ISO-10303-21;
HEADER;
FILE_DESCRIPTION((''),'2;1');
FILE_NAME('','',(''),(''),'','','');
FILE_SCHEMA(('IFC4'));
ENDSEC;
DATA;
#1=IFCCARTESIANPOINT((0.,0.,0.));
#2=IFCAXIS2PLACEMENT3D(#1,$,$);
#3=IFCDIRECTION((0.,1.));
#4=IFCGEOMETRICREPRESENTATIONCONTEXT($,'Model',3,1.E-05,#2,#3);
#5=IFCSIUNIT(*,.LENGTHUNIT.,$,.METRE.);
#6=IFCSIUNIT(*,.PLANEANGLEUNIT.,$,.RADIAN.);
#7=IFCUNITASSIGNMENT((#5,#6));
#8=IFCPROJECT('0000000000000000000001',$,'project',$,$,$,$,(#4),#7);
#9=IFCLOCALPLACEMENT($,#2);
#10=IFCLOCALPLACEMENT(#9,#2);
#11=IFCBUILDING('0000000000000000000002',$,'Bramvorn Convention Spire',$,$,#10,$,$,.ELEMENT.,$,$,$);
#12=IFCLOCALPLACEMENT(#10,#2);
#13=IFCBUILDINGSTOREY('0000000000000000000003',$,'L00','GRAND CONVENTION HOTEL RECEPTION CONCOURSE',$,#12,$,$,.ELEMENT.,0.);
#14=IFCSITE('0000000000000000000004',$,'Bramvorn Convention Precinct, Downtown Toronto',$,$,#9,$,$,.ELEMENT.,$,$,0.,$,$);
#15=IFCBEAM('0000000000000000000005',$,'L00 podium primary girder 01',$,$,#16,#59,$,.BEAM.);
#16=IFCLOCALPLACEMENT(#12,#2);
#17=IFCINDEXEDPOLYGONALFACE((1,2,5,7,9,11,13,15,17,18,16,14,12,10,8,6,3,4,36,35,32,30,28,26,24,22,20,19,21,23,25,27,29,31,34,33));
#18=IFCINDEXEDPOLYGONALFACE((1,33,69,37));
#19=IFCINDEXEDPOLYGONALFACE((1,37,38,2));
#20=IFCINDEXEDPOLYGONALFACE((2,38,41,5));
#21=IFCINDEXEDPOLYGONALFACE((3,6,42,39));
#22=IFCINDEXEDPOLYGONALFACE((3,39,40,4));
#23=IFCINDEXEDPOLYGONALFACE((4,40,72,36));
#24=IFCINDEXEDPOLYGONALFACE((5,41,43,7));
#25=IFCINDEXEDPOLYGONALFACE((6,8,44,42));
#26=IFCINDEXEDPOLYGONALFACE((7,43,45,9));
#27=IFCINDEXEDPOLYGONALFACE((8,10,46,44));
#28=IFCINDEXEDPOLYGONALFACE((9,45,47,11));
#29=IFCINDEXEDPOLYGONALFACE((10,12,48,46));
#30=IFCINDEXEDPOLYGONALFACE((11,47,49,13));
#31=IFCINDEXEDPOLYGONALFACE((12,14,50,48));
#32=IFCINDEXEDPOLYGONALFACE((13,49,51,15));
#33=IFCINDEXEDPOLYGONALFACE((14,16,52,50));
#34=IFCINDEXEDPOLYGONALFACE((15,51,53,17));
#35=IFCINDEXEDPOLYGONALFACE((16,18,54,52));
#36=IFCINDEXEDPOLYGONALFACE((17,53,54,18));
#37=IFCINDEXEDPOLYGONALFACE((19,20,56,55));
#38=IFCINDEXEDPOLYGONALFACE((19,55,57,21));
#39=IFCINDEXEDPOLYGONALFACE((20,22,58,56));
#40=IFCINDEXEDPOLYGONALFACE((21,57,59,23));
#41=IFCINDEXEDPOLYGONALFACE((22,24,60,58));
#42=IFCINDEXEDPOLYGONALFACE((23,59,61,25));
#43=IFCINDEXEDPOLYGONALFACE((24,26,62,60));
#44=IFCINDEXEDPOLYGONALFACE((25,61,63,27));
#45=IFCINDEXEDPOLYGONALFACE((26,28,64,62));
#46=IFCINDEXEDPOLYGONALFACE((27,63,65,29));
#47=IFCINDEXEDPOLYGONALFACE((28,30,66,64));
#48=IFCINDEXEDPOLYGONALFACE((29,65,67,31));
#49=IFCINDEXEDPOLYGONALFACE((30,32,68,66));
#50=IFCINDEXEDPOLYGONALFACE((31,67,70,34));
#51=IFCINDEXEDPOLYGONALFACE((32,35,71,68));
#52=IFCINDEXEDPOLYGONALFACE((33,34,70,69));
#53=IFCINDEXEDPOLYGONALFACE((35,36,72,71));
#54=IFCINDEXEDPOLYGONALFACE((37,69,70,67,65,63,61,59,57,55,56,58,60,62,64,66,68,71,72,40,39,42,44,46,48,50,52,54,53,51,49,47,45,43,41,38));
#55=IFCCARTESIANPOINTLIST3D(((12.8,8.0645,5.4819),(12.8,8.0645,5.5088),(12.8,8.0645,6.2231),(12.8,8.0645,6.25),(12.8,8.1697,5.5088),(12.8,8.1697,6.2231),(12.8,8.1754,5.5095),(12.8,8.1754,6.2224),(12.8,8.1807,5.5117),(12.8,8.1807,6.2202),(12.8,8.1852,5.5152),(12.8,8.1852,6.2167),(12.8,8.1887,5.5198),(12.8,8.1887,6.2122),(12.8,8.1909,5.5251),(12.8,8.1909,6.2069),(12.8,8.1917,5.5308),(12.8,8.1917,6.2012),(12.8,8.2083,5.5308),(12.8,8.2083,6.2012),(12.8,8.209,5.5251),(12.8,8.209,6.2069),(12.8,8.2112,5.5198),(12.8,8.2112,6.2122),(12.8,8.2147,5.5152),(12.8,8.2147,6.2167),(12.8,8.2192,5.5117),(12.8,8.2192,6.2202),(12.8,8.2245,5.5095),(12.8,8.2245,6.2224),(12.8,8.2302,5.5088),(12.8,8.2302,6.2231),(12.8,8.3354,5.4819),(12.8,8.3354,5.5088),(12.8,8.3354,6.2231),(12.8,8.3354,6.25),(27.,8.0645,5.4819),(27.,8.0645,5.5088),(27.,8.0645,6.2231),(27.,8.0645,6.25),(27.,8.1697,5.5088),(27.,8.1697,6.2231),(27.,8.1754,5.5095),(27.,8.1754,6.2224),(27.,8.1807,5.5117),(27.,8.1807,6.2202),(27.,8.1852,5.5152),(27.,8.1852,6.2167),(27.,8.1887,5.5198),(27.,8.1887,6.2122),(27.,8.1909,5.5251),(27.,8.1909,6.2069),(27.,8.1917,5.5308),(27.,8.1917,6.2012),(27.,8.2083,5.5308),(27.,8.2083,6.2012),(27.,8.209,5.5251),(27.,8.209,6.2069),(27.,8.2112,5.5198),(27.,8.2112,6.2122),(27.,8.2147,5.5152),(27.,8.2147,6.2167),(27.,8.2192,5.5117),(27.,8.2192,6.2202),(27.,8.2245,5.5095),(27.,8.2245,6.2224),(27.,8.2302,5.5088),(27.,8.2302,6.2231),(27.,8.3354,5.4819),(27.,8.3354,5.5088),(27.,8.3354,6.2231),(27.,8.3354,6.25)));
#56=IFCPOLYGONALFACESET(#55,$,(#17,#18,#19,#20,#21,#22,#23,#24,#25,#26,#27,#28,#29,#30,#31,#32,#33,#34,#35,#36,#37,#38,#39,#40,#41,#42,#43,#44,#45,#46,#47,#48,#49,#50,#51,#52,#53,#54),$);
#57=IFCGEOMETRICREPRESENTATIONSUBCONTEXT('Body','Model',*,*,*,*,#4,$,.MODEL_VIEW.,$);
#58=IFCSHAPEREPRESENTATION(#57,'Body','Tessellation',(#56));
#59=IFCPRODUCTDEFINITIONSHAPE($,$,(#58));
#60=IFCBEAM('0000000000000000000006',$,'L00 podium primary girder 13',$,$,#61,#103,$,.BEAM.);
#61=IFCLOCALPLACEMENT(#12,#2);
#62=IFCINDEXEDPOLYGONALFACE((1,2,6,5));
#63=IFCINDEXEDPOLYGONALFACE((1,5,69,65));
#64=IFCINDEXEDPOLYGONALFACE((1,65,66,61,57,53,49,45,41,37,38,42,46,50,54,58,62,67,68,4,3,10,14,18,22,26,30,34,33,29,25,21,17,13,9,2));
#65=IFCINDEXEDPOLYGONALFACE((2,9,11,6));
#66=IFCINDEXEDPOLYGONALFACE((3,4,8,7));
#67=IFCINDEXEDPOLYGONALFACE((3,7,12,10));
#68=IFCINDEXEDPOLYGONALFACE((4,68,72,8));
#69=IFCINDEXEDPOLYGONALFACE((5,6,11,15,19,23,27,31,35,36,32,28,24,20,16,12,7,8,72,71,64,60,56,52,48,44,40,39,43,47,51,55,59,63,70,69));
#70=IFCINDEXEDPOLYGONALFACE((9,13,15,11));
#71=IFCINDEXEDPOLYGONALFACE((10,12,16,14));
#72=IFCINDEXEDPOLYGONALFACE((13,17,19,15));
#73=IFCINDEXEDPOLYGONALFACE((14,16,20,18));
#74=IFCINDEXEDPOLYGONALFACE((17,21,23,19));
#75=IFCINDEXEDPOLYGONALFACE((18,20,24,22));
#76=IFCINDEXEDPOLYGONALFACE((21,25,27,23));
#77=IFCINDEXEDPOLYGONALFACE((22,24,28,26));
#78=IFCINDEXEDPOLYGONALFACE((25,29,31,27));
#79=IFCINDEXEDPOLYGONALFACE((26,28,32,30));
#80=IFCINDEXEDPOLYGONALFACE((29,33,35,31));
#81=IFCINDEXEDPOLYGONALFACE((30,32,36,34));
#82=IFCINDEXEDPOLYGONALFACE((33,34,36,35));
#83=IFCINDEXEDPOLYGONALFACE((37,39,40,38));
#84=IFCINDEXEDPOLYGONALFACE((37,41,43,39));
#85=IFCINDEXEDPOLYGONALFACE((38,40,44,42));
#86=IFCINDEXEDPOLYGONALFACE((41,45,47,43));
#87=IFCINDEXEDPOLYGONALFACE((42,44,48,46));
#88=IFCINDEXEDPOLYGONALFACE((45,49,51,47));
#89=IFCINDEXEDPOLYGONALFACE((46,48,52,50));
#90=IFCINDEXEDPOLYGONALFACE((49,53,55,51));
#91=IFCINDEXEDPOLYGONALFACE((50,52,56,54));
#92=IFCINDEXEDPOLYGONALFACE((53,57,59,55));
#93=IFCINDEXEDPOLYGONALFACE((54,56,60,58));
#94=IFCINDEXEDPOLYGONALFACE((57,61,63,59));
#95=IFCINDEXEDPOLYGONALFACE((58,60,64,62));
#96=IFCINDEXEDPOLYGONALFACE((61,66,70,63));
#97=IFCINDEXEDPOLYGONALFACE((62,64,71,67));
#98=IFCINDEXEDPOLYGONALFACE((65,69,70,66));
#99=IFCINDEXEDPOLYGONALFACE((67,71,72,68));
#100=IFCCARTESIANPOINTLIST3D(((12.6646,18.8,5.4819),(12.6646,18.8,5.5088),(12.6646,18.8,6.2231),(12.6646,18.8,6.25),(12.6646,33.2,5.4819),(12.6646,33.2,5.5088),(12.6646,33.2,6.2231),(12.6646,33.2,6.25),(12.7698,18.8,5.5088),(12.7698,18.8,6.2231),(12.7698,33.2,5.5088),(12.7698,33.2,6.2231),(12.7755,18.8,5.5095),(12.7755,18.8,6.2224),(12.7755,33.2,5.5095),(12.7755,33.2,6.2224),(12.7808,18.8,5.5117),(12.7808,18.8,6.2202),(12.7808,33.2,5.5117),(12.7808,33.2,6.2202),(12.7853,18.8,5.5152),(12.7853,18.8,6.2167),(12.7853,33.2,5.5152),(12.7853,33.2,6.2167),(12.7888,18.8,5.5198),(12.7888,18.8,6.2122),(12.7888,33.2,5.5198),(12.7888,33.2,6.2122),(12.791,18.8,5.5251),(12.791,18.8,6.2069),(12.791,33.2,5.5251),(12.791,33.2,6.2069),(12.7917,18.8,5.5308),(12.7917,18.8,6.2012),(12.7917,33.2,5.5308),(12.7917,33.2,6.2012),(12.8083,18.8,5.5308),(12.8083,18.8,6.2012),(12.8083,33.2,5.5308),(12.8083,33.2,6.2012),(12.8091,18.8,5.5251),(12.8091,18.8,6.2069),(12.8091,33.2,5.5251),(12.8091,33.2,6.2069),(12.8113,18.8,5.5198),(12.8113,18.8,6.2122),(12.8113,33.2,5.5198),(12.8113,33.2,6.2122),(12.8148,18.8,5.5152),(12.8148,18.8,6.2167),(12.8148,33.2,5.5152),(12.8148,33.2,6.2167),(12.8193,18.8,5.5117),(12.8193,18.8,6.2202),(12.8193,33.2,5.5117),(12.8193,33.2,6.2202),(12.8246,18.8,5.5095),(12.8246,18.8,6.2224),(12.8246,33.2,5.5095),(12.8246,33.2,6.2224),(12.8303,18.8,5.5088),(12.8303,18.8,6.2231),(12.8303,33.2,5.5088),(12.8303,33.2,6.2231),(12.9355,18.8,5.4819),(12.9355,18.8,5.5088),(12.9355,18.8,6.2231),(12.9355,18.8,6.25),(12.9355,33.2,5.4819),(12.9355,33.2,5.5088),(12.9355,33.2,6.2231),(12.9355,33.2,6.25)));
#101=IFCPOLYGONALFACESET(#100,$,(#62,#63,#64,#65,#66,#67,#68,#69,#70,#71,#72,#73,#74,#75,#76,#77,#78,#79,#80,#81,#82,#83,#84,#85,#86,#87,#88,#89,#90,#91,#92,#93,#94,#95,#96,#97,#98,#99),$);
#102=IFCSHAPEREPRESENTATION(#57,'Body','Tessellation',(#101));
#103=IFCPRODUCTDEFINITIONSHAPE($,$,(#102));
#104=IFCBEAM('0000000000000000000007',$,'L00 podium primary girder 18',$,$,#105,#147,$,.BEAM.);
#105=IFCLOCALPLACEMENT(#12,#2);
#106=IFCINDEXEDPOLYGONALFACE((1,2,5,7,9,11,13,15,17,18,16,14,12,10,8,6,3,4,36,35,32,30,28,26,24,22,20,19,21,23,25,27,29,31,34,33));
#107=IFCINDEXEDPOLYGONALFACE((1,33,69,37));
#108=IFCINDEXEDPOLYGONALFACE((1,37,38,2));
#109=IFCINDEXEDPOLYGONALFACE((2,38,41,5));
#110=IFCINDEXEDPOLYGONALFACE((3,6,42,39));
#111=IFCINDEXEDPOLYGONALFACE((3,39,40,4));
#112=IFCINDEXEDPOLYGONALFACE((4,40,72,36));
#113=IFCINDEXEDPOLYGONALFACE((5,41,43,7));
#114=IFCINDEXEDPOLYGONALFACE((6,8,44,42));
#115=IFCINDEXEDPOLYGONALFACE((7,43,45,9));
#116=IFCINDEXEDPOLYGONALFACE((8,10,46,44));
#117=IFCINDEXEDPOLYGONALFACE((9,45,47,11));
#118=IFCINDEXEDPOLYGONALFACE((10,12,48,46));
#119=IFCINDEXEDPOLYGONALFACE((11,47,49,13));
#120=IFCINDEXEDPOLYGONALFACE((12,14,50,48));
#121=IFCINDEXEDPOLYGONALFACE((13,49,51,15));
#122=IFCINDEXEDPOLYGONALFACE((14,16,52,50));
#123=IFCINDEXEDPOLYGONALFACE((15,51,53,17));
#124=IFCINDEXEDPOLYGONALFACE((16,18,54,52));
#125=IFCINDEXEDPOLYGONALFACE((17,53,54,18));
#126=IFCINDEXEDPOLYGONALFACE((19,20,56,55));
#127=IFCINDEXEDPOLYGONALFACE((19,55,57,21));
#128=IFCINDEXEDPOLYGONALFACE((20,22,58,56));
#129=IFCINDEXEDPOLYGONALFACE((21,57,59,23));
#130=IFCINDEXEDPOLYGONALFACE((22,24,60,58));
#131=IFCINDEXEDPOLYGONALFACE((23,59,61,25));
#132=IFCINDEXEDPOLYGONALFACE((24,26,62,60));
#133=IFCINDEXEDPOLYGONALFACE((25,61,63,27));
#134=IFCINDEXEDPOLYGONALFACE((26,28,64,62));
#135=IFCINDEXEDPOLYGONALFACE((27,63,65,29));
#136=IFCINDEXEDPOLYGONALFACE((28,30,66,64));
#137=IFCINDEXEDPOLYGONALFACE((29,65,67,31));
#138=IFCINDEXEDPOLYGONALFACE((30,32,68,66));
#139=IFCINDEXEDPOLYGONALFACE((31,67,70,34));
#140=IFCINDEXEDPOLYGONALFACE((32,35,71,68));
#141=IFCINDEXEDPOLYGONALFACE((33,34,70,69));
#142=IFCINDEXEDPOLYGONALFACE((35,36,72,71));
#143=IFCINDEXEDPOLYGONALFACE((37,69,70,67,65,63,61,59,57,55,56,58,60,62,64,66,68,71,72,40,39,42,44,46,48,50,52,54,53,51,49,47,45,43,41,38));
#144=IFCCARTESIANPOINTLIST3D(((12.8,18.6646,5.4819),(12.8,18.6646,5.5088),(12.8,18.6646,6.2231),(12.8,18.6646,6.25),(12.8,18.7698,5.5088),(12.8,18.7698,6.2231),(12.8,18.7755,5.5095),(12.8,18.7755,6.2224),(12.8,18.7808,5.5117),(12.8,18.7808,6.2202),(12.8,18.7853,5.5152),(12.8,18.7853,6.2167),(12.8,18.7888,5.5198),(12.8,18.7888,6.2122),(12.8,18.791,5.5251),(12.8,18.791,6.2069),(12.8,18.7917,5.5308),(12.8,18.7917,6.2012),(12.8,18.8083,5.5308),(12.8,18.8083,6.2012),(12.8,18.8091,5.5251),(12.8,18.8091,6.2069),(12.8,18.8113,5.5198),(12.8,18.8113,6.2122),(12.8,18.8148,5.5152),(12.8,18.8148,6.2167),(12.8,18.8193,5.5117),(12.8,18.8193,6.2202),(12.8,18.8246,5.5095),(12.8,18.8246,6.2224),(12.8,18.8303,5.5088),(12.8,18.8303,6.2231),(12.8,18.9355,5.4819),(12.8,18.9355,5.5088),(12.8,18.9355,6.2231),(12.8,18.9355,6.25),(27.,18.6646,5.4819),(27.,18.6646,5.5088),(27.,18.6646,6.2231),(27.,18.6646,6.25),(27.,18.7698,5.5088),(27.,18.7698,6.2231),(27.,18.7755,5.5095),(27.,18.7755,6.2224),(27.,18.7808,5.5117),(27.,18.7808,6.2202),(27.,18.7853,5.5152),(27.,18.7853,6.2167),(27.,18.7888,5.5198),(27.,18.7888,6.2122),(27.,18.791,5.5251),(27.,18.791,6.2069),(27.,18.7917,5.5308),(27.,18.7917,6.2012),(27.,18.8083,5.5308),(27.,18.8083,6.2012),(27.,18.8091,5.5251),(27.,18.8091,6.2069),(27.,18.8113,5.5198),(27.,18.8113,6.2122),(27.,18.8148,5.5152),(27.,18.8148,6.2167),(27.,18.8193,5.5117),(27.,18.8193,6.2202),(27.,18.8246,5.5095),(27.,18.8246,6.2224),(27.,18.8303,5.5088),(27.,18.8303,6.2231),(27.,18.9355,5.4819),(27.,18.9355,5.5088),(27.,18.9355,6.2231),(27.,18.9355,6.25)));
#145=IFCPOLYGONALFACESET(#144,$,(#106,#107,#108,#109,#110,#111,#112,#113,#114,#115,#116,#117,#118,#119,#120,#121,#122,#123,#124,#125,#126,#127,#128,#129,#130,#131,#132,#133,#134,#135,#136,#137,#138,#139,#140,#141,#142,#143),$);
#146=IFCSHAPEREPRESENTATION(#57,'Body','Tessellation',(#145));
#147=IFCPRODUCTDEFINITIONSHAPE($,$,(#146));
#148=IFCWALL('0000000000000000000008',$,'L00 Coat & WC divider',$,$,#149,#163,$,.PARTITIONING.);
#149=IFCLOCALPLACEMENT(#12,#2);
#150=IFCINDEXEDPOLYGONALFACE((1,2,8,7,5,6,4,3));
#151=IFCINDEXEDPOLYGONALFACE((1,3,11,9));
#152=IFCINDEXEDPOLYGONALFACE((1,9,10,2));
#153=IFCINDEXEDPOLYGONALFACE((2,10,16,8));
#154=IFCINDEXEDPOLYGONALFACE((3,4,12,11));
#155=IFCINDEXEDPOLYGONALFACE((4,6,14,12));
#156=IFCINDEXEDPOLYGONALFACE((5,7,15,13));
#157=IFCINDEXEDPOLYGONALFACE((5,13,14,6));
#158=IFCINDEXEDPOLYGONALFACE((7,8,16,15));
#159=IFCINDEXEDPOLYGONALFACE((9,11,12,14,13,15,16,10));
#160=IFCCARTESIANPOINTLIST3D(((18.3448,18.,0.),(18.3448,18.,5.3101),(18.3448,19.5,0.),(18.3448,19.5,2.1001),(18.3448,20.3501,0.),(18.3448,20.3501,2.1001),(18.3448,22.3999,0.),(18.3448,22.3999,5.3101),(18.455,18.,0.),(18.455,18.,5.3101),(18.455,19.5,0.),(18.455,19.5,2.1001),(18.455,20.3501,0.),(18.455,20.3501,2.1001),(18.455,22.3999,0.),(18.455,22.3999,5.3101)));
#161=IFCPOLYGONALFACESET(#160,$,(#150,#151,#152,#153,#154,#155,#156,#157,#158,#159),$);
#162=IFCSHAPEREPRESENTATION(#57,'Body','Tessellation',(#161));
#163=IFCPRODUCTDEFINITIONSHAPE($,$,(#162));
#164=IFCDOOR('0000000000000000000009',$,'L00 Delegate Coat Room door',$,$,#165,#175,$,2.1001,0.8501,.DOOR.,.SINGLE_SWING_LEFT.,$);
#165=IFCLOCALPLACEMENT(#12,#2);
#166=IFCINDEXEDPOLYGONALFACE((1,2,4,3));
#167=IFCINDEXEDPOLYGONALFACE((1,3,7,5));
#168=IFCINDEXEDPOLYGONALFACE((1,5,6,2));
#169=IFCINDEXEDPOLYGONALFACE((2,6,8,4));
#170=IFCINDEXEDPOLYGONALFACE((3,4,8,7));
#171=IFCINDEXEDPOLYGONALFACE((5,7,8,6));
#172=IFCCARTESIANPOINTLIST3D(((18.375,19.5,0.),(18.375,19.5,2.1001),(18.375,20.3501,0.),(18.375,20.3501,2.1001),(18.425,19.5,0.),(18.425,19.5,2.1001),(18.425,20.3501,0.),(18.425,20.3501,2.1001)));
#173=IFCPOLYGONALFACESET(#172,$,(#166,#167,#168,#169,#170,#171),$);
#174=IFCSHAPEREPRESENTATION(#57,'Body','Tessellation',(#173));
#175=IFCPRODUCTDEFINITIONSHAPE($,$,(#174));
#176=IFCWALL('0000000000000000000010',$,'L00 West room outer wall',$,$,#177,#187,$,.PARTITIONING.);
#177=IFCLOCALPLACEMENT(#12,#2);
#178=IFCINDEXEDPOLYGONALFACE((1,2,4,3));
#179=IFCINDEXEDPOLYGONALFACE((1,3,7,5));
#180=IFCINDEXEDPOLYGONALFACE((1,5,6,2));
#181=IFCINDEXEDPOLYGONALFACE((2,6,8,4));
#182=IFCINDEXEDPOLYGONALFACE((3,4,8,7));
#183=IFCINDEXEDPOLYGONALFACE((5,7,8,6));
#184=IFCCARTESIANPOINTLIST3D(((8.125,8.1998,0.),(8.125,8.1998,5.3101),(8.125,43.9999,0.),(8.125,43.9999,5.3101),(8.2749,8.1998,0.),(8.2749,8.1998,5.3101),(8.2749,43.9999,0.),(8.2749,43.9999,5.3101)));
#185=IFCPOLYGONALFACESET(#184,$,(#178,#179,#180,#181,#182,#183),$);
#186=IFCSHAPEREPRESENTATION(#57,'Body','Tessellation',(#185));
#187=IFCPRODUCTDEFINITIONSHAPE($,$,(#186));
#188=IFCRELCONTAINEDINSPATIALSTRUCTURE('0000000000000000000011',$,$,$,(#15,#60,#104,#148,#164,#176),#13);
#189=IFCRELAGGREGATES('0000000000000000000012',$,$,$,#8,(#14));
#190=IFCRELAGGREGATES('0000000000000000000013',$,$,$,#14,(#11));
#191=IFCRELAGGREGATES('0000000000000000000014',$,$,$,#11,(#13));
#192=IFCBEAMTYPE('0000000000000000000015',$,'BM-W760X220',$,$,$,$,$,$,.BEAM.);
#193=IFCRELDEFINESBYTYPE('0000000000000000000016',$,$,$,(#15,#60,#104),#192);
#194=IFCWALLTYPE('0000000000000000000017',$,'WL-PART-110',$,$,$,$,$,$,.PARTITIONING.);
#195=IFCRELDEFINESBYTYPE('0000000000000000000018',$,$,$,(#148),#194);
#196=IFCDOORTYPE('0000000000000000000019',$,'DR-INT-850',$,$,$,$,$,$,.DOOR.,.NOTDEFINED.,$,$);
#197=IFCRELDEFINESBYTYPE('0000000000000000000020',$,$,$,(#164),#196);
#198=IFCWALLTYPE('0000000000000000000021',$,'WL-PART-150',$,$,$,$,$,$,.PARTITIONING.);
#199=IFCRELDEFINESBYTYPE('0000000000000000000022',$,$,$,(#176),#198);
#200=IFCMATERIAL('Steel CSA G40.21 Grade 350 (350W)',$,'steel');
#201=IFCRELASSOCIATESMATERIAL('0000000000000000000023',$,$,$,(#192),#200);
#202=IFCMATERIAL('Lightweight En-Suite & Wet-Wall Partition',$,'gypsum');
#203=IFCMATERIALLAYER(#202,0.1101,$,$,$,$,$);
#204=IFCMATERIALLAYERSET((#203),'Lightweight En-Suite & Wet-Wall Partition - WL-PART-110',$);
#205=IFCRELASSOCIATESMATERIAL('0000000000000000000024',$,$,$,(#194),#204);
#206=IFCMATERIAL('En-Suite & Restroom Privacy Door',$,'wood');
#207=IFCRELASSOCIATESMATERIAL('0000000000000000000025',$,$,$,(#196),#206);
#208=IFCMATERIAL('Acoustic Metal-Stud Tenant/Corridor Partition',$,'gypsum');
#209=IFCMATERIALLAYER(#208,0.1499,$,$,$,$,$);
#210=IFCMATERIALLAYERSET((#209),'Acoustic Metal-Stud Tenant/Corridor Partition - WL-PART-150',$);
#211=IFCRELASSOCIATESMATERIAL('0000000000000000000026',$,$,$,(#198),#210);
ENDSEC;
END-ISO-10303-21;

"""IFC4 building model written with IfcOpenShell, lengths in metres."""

from ifc_helpers import new_model, si_unit, direction, frame, frame_2d, origin, origin_2d, place, context, subcontext, project, spatial, rectangle, i_section, extrude, material, layer, layer_set, material_profile, profile_set, type_object, element, fill, save


model = new_model("IFC4")

# Units and contexts
model_context = context("Model", 3, precision=1e-05, world=origin(), true_north=direction((0.0, 1.0)))
body_context = subcontext(model_context, "Body", "Model", "MODEL_VIEW")
ifc_project = project(units=[si_unit("LENGTHUNIT", "METRE"), si_unit("PLANEANGLEUNIT", "RADIAN")], contexts=[model_context])

# Site, building, storey
site_placement = place(None, origin())
site = spatial("IfcSite", under=ifc_project, at=site_placement, Name="Bramvorn Convention Precinct, Downtown Toronto", CompositionType="ELEMENT", RefElevation=0.0)
building_placement = place(site_placement, origin())
building = spatial("IfcBuilding", under=site, at=building_placement, Name="Bramvorn Convention Spire", CompositionType="ELEMENT")
storey_placement = place(building_placement, origin())
storey = spatial("IfcBuildingStorey", under=building, at=storey_placement, Name="L00", Description="GRAND CONVENTION HOTEL RECEPTION CONCOURSE", CompositionType="ELEMENT", Elevation=0.0)

# Shared definitions
ifc_material_1 = material(Name="Steel CSA G40.21 Grade 350 (350W)", Category="steel")

# Beams
ifc_material_profile_1 = material_profile(ifc_material_1, i_section(OverallWidth=0.271, OverallDepth=0.7681, WebThickness=0.0166, FlangeThickness=0.0269, FilletRadius=0.022, at=origin_2d()))
ifc_profile_set_1 = profile_set([ifc_material_profile_1], Name="Steel CSA G40.21 Grade 350 (350W) - W760X220")
beam_type_1 = type_object("IfcBeamType", Name="BM-W760X220", PredefinedType="BEAM", material=ifc_profile_set_1)
beam_1_placement = place(storey_placement, frame((12.8, 8.2, 5.866), z_axis=(1.0, 0.0, 0.0), x_axis=(0.0, 1.0, 0.0)))
element("IfcBeam", 1, at=beam_1_placement, inside=storey, type_object=beam_type_1, Name="L00 podium primary girder 01", PredefinedType="BEAM", context=body_context, shape_type="SweptSolid", body=[
    extrude(i_section(OverallWidth=0.271, OverallDepth=0.7681, WebThickness=0.0166, FlangeThickness=0.0269, FilletRadius=0.022, at=origin_2d()), origin(), (0.0, 0.0, 1.0), 14.2),
])
beam_2_placement = place(storey_placement, frame((12.8, 18.8, 5.866), z_axis=(0.0, 1.0, 0.0), x_axis=(-1.0, 0.0, 0.0)))
element("IfcBeam", 2, at=beam_2_placement, inside=storey, type_object=beam_type_1, Name="L00 podium primary girder 13", PredefinedType="BEAM", context=body_context, shape_type="SweptSolid", body=[
    extrude(i_section(OverallWidth=0.271, OverallDepth=0.7681, WebThickness=0.0166, FlangeThickness=0.0269, FilletRadius=0.022, at=origin_2d()), origin(), (0.0, 0.0, 1.0), 14.3999),
])
beam_3_placement = place(storey_placement, frame((12.8, 18.8, 5.866), z_axis=(1.0, 0.0, 0.0), x_axis=(0.0, 1.0, 0.0)))
element("IfcBeam", 3, at=beam_3_placement, inside=storey, type_object=beam_type_1, Name="L00 podium primary girder 18", PredefinedType="BEAM", context=body_context, shape_type="SweptSolid", body=[
    extrude(i_section(OverallWidth=0.271, OverallDepth=0.7681, WebThickness=0.0166, FlangeThickness=0.0269, FilletRadius=0.022, at=origin_2d()), origin(), (0.0, 0.0, 1.0), 14.2),
])

# Wall, opening, door
ifc_material_2 = material(Name="Lightweight En-Suite & Wet-Wall Partition", Category="gypsum")
ifc_layer_1 = layer(ifc_material_2, 0.1101)
ifc_layer_set_1 = layer_set([ifc_layer_1], Name="Lightweight En-Suite & Wet-Wall Partition - WL-PART-110")
wall_type_1 = type_object("IfcWallType", Name="WL-PART-110", PredefinedType="PARTITIONING", material=ifc_layer_set_1)
wall_1_placement = place(storey_placement, frame((18.3999, 18.0, 0.0), z_axis=(0.0, 0.0, 1.0), x_axis=(0.0, 1.0, 0.0)))
wall_1 = element("IfcWall", 4, at=wall_1_placement, inside=storey, type_object=wall_type_1, Name="L00 Coat & WC divider", PredefinedType="PARTITIONING", context=body_context, shape_type="SweptSolid", body=[
    extrude(rectangle(XDim=4.3999, YDim=0.1101, at=frame_2d((2.2, 0.0))), origin(), (0.0, 0.0, 1.0), 5.3101),
])
opening_placement = place(wall_1_placement, frame((1.5, 0.0, 0.0)))
opening = element("IfcOpeningElement", 5, at=opening_placement, cuts=wall_1, PredefinedType="OPENING", context=body_context, shape_type="SweptSolid", body=[
    extrude(rectangle(XDim=0.8501, YDim=2.1001, at=frame_2d((0.425, 1.05))), frame((0.0, 0.0649, 0.0), z_axis=(0.0, -1.0, 0.0), x_axis=(1.0, 0.0, 0.0)), (0.0, 0.0, 1.0), 0.1301),
])
ifc_material_3 = material(Name="En-Suite & Restroom Privacy Door", Category="wood")
door_type = type_object("IfcDoorType", Name="DR-INT-850", OperationType="NOTDEFINED", PredefinedType="DOOR", material=ifc_material_3)
door_placement = place(opening_placement, origin())
door = element("IfcDoor", 6, at=door_placement, inside=storey, type_object=door_type, Name="L00 Delegate Coat Room door", OperationType="SINGLE_SWING_LEFT", OverallHeight=2.1001, OverallWidth=0.8501, PredefinedType="DOOR", context=body_context, shape_type="SweptSolid", body=[
    extrude(rectangle(XDim=0.8501, YDim=2.1001, at=frame_2d((0.425, 1.05))), frame((0.0, 0.0249, 0.0), z_axis=(0.0, -1.0, 0.0), x_axis=(1.0, 0.0, 0.0)), (0.0, 0.0, 1.0), 0.05),
])
fill(opening, door)

# Wall
ifc_material_4 = material(Name="Acoustic Metal-Stud Tenant/Corridor Partition", Category="gypsum")
ifc_layer_2 = layer(ifc_material_4, 0.1499)
ifc_layer_set_2 = layer_set([ifc_layer_2], Name="Acoustic Metal-Stud Tenant/Corridor Partition - WL-PART-150")
wall_type_2 = type_object("IfcWallType", Name="WL-PART-150", PredefinedType="PARTITIONING", material=ifc_layer_set_2)
wall_2_placement = place(storey_placement, frame((8.2, 8.2, 0.0), z_axis=(0.0, 0.0, 1.0), x_axis=(0.0, 1.0, 0.0)))
element("IfcWall", 7, at=wall_2_placement, inside=storey, type_object=wall_type_2, Name="L00 West room outer wall", PredefinedType="PARTITIONING", context=body_context, shape_type="SweptSolid", body=[
    extrude(rectangle(XDim=35.8, YDim=0.1499, at=frame_2d((17.8999, 0.0))), origin(), (0.0, 0.0, 1.0), 5.3101),
])

save(model, "model.ifc")
